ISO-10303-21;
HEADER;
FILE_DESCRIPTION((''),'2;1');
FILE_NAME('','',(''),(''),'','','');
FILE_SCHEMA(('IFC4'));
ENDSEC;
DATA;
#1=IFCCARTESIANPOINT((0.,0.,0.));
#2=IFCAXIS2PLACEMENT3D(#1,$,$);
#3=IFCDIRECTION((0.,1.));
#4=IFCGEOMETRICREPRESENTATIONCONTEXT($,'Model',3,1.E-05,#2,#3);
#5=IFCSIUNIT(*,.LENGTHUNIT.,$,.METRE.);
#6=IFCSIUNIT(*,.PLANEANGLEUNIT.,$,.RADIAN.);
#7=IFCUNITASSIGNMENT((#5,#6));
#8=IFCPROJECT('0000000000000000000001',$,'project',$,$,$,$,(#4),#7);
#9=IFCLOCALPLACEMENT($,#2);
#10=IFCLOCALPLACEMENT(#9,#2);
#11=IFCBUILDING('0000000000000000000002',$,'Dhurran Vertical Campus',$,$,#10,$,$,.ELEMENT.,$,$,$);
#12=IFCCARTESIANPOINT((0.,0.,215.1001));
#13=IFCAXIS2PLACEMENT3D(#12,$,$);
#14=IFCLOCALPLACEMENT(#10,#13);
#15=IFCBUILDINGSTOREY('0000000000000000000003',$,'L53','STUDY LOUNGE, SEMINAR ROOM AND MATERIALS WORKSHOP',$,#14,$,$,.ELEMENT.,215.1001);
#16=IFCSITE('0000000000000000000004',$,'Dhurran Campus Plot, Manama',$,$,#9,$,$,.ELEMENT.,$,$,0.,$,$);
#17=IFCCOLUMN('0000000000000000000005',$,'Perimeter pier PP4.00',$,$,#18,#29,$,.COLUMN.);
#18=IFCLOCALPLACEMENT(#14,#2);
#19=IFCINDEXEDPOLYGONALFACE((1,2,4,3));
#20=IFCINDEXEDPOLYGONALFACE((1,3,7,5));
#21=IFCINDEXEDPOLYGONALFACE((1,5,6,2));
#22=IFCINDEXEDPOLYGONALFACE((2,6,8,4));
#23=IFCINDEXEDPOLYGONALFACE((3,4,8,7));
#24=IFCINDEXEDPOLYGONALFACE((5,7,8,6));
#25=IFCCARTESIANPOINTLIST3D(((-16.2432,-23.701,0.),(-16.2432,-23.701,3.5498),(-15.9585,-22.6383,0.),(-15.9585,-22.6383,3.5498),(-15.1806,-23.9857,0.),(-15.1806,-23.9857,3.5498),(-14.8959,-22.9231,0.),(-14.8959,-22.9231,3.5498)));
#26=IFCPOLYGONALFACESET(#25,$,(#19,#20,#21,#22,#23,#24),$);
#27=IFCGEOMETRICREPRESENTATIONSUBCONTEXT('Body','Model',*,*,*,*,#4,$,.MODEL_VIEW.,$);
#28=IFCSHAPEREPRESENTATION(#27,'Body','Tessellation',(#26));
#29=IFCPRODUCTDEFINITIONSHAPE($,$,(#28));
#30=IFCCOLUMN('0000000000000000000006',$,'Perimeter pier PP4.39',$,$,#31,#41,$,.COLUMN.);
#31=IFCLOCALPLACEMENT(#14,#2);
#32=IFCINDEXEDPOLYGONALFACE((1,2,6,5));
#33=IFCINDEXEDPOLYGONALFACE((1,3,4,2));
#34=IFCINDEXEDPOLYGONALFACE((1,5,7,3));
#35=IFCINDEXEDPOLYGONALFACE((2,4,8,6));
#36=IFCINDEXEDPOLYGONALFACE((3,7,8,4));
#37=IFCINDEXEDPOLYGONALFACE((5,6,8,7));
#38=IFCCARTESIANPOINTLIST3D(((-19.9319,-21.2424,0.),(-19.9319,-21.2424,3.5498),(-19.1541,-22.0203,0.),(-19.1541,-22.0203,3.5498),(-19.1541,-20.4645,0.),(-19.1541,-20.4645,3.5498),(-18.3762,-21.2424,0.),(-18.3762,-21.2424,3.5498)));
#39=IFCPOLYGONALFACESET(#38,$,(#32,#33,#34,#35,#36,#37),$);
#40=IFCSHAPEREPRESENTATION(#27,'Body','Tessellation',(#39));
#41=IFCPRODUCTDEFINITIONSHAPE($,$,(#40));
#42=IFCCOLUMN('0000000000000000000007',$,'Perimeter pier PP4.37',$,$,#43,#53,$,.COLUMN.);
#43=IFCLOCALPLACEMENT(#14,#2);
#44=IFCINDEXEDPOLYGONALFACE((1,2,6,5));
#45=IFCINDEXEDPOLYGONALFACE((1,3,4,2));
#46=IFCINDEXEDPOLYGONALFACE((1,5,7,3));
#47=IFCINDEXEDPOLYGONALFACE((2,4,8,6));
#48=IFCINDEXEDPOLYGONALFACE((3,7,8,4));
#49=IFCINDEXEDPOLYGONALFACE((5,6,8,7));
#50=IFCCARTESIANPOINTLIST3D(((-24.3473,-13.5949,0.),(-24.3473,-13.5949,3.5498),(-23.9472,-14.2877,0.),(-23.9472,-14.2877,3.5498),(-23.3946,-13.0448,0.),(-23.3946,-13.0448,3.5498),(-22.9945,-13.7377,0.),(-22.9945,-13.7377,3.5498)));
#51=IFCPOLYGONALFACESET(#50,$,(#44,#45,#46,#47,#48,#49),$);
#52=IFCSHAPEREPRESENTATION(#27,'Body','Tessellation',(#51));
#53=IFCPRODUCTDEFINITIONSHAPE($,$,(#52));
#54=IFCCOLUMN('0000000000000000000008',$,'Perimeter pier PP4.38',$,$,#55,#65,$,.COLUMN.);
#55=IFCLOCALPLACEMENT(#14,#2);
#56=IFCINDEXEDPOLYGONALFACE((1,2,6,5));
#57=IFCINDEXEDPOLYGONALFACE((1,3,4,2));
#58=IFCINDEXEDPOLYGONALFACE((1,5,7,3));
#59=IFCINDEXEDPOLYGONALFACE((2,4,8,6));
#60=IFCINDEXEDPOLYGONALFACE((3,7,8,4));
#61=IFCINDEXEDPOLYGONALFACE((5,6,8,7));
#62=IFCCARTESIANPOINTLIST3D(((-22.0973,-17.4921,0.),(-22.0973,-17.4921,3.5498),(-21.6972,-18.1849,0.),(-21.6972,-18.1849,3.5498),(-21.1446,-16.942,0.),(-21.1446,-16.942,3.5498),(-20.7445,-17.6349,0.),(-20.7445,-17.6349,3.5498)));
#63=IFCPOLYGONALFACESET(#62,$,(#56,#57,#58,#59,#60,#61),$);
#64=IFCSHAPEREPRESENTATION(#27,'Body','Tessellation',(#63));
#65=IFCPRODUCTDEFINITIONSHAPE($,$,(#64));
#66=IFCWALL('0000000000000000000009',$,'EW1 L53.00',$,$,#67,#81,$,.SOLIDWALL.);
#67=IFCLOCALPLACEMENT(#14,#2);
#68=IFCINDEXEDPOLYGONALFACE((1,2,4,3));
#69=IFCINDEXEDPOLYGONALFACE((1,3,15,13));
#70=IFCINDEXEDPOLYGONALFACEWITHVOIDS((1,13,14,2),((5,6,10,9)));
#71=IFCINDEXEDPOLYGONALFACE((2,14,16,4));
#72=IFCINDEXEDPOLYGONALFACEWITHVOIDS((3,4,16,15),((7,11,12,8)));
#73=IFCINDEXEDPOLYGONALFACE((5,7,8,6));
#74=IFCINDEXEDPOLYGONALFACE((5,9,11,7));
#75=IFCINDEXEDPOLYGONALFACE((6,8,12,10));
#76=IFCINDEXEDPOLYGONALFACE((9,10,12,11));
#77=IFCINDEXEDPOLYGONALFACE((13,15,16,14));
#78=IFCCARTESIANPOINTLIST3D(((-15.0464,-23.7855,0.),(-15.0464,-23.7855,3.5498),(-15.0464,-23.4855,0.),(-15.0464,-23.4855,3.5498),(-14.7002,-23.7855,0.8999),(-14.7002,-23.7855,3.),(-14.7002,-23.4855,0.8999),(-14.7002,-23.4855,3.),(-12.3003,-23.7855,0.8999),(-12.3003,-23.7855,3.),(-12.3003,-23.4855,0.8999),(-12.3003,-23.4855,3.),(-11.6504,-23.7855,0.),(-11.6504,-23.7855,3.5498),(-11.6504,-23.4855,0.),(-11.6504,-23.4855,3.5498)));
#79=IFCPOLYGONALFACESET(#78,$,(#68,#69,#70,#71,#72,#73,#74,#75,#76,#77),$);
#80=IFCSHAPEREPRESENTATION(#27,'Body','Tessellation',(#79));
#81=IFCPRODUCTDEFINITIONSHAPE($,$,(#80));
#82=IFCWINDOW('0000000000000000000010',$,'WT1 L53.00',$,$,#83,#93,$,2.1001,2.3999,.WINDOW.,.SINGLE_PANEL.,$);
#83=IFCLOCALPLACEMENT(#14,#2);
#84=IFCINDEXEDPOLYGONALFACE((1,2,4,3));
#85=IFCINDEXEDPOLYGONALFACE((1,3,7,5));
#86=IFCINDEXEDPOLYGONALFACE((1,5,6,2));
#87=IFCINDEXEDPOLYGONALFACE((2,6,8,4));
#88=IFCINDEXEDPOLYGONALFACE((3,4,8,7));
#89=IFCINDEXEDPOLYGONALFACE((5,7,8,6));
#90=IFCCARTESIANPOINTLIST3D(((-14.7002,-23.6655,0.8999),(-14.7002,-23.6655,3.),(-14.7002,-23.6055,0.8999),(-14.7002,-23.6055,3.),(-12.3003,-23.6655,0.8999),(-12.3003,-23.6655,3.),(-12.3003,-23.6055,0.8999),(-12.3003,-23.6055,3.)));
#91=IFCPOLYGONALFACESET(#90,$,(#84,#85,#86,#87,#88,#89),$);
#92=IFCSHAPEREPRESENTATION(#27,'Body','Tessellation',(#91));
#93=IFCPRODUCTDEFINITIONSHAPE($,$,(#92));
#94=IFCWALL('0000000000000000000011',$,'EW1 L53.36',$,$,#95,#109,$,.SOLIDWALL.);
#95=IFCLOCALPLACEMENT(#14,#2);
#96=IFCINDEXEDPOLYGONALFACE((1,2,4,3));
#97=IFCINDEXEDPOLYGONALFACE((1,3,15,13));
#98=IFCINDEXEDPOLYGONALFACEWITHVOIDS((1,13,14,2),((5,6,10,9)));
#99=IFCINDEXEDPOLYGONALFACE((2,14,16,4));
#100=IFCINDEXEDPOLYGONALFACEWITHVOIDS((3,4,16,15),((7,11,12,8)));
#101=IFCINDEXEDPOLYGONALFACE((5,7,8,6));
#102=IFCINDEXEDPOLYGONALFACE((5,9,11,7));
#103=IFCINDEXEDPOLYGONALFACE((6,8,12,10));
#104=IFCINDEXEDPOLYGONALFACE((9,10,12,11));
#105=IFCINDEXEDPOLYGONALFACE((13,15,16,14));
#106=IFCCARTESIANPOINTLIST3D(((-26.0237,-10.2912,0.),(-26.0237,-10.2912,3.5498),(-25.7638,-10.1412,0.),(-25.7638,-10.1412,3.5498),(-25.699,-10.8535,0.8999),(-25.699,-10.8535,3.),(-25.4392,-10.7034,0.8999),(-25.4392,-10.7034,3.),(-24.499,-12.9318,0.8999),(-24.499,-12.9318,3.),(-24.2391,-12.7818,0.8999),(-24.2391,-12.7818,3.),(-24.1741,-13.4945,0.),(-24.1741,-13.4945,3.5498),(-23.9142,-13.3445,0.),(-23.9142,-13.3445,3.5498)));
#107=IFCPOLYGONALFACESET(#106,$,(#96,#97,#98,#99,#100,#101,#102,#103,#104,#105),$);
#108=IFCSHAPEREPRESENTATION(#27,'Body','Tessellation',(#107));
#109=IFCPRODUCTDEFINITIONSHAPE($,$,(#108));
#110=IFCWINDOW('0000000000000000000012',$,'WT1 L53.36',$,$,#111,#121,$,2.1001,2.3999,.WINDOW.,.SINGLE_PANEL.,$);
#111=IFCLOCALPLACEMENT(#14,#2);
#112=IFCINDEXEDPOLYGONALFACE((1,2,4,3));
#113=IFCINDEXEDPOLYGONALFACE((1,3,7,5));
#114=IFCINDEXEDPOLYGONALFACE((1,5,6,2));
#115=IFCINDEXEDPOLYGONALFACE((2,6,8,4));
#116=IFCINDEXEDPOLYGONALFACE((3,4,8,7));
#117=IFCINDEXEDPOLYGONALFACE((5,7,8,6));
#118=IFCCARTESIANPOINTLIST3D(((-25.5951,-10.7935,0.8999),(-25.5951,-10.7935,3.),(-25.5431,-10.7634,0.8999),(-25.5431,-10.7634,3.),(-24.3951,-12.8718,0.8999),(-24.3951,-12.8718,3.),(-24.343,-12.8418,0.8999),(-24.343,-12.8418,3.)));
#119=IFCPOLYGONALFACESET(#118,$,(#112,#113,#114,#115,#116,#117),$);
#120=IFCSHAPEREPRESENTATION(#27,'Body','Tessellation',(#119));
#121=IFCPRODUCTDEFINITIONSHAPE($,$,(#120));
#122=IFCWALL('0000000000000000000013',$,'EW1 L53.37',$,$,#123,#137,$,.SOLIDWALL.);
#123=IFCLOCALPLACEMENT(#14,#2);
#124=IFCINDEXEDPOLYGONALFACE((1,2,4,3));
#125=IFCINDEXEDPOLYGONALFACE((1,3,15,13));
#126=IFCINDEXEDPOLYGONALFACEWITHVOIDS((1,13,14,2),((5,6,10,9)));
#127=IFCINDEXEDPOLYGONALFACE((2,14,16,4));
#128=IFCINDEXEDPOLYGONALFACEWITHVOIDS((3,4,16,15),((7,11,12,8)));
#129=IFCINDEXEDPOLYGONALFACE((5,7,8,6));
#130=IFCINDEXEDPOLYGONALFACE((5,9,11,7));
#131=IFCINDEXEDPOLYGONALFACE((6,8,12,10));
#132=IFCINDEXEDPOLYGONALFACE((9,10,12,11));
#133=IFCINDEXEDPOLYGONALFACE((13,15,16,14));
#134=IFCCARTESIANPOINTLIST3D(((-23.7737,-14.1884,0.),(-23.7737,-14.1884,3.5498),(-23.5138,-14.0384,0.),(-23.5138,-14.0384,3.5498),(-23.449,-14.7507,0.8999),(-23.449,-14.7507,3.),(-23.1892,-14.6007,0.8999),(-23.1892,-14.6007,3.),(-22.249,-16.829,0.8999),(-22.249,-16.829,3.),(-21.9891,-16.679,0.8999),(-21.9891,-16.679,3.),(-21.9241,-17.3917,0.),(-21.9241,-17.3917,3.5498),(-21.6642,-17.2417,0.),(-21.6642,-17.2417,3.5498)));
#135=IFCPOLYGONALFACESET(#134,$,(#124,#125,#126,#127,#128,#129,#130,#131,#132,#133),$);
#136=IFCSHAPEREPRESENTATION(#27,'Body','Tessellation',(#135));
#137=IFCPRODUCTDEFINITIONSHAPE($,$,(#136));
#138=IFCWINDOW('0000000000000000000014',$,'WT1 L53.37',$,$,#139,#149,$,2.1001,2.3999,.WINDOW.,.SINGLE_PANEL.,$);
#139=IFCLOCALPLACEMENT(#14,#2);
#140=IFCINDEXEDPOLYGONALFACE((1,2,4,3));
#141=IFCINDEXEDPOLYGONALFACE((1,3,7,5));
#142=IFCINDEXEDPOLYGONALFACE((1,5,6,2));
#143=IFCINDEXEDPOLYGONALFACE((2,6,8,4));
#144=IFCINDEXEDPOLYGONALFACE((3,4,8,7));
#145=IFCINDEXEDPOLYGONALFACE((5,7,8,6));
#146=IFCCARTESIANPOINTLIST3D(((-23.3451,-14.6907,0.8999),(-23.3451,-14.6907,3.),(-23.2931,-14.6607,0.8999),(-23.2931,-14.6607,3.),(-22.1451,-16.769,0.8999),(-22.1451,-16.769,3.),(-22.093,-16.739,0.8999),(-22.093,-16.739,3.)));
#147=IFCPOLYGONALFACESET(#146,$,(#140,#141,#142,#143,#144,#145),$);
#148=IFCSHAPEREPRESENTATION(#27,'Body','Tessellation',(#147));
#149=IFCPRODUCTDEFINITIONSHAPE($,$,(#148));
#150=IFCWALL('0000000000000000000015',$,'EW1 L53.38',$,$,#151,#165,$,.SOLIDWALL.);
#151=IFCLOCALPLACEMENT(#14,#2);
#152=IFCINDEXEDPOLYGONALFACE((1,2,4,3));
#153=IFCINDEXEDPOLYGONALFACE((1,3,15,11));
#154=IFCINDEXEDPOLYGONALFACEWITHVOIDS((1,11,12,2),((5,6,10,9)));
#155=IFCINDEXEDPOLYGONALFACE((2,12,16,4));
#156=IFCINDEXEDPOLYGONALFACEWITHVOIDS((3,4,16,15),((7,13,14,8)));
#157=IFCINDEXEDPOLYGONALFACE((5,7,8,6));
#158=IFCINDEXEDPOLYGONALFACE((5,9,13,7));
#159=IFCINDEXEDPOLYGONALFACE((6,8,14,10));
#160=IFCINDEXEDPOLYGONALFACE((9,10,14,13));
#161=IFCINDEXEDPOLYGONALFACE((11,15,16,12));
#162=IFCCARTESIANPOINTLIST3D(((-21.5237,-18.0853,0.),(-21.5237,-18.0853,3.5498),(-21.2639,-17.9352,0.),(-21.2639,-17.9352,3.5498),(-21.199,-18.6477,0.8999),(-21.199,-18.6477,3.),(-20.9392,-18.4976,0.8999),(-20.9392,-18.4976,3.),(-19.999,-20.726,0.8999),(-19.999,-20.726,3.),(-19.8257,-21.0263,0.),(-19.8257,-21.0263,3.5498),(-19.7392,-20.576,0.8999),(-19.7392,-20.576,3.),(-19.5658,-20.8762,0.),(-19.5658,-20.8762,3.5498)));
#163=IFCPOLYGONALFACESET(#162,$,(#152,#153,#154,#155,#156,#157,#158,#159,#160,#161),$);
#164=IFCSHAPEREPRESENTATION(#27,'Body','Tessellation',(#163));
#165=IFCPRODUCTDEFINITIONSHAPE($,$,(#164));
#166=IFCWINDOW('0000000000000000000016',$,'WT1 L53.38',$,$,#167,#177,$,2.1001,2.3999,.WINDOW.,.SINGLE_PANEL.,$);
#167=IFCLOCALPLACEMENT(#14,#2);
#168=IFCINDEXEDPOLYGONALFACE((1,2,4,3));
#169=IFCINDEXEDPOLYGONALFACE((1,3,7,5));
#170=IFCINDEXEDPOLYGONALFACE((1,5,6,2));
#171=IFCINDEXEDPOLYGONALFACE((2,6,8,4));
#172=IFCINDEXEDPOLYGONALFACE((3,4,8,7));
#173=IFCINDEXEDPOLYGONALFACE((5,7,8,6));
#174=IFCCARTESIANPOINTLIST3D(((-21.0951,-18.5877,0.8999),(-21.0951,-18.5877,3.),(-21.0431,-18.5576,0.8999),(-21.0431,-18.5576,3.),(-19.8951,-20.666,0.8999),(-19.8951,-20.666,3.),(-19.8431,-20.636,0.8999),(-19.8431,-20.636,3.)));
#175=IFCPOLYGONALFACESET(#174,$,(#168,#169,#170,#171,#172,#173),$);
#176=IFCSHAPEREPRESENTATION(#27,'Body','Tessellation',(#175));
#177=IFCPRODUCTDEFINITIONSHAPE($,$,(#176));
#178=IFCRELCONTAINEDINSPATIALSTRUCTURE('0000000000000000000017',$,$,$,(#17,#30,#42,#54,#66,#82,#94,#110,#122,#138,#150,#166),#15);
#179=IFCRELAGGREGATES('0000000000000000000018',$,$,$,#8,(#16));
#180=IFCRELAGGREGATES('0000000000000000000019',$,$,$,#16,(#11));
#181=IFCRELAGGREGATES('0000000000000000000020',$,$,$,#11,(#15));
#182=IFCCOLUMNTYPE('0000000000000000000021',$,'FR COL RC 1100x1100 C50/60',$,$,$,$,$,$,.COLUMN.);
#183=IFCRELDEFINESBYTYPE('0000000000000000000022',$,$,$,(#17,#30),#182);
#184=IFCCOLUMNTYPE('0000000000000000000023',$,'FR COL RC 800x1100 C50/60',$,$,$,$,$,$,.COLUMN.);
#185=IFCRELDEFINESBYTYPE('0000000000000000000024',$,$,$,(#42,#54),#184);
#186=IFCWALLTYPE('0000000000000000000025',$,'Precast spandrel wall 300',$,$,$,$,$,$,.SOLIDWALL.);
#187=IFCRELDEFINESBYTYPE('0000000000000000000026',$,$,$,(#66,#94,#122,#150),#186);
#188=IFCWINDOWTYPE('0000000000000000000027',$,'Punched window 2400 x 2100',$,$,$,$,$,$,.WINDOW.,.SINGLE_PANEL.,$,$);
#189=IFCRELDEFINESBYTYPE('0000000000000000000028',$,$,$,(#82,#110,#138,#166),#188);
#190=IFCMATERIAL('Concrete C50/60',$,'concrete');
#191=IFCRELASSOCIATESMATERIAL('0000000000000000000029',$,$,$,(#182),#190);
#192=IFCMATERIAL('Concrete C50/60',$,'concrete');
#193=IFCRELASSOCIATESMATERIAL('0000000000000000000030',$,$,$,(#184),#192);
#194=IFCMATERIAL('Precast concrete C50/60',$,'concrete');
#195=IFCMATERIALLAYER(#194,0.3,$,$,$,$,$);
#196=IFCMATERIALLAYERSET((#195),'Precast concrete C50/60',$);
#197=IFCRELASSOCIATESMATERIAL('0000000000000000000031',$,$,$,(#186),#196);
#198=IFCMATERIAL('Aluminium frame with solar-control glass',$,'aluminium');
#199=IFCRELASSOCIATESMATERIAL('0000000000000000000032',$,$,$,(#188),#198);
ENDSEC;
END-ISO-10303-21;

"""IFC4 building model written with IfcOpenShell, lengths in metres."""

from ifc_helpers import new_model, si_unit, direction, frame, frame_2d, origin, origin_2d, place, context, subcontext, project, spatial, rectangle, extrude, material, layer, layer_set, material_profile, profile_set, type_object, element, fill, save


model = new_model("IFC4")

# Units and contexts
model_context = context("Model", 3, precision=1e-05, world=origin(), true_north=direction((0.0, 1.0)))
body_context = subcontext(model_context, "Body", "Model", "MODEL_VIEW")
ifc_project = project(units=[si_unit("LENGTHUNIT", "METRE"), si_unit("PLANEANGLEUNIT", "RADIAN")], contexts=[model_context])

# Site, building, storey
site_placement = place(None, origin())
site = spatial("IfcSite", under=ifc_project, at=site_placement, Name="Dhurran Campus Plot, Manama", CompositionType="ELEMENT", RefElevation=0.0)
building_placement = place(site_placement, origin())
building = spatial("IfcBuilding", under=site, at=building_placement, Name="Dhurran Vertical Campus", CompositionType="ELEMENT")
storey_placement = place(building_placement, frame((0.0, 0.0, 215.1001)))
storey = spatial("IfcBuildingStorey", under=building, at=storey_placement, Name="L53", Description="STUDY LOUNGE, SEMINAR ROOM AND MATERIALS WORKSHOP", CompositionType="ELEMENT", Elevation=215.1001)

# Columns
ifc_material_1 = material(Name="Concrete C50/60", Category="concrete")
ifc_material_profile_1 = material_profile(ifc_material_1, rectangle(XDim=1.1001, YDim=1.1001, at=origin_2d()), Name="RC 1100x1100")
ifc_profile_set_1 = profile_set([ifc_material_profile_1], Name="Concrete C50/60")
column_type_1 = type_object("IfcColumnType", Name="FR COL RC 1100x1100 C50/60", PredefinedType="COLUMN", material=ifc_profile_set_1)
for number, where, z_axis, x_axis, name in (
    (1, (-15.5696, -23.312, 0.0), (0.0, 0.0, 1.0), (0.965926, -0.258819, 0.0), "Perimeter pier PP4.00"),
    (2, (-19.1541, -21.2424, 0.0), (0.0, 0.0, 1.0), (0.707107, -0.707107, 0.0), "Perimeter pier PP4.39"),
):
    element("IfcColumn", number, at=place(storey_placement, frame(where, z_axis=z_axis, x_axis=x_axis)), inside=storey, type_object=column_type_1, Name=name, PredefinedType="COLUMN", context=body_context, shape_type="SweptSolid", body=[
        extrude(rectangle(XDim=1.1001, YDim=1.1001, at=origin_2d()), origin(), (0.0, 0.0, 1.0), 3.5498),
    ])
ifc_material_2 = material(Name="Concrete C50/60", Category="concrete")
ifc_material_profile_2 = material_profile(ifc_material_2, rectangle(XDim=0.8, YDim=1.1001, at=origin_2d()), Name="RC 800x1100")
ifc_profile_set_2 = profile_set([ifc_material_profile_2], Name="Concrete C50/60")
column_type_2 = type_object("IfcColumnType", Name="FR COL RC 800x1100 C50/60", PredefinedType="COLUMN", material=ifc_profile_set_2)
for number, where, z_axis, x_axis, name in (
    (3, (-23.6709, -13.6663, 0.0), (0.0, 0.0, 1.0), (0.5, -0.866025, 0.0), "Perimeter pier PP4.37"),
    (4, (-21.4209, -17.5635, 0.0), (0.0, 0.0, 1.0), (0.5, -0.866025, 0.0), "Perimeter pier PP4.38"),
):
    element("IfcColumn", number, at=place(storey_placement, frame(where, z_axis=z_axis, x_axis=x_axis)), inside=storey, type_object=column_type_2, Name=name, PredefinedType="COLUMN", context=body_context, shape_type="SweptSolid", body=[
        extrude(rectangle(XDim=0.8, YDim=1.1001, at=origin_2d()), origin(), (0.0, 0.0, 1.0), 3.5498),
    ])

# Walls, openings, windows
ifc_material_3 = material(Name="Precast concrete C50/60", Category="concrete")
ifc_layer_1 = layer(ifc_material_3, 0.3)
ifc_layer_set_1 = layer_set([ifc_layer_1], Name="Precast concrete C50/60")
wall_type_1 = type_object("IfcWallType", Name="Precast spandrel wall 300", PredefinedType="SOLIDWALL", material=ifc_layer_set_1)
wall_1_placement = place(storey_placement, frame((-15.0464, -23.6355, 0.0), z_axis=(0.0, 0.0, 1.0), x_axis=(1.0, 0.0, 0.0)))
wall_1 = element("IfcWall", 5, at=wall_1_placement, inside=storey, type_object=wall_type_1, Name="EW1 L53.00", PredefinedType="SOLIDWALL", context=body_context, shape_type="SweptSolid", body=[
    extrude(rectangle(XDim=3.396, YDim=0.3, at=frame_2d((1.698, 0.0))), origin(), (0.0, 0.0, 1.0), 3.5498),
])
opening_1_placement = place(wall_1_placement, frame((0.3462, 0.0, 0.8999)))
opening_1 = element("IfcOpeningElement", 6, at=opening_1_placement, cuts=wall_1, PredefinedType="OPENING", context=body_context, shape_type="SweptSolid", body=[
    extrude(rectangle(XDim=2.3999, YDim=2.1001, at=frame_2d((1.2, 1.05))), frame((0.0, 0.1599, 0.0), z_axis=(0.0, -1.0, 0.0), x_axis=(1.0, 0.0, 0.0)), (0.0, 0.0, 1.0), 0.3201),
])
ifc_material_4 = material(Name="Aluminium frame with solar-control glass", Category="aluminium")
window_type = type_object("IfcWindowType", Name="Punched window 2400 x 2100", PartitioningType="SINGLE_PANEL", PredefinedType="WINDOW", material=ifc_material_4)
window_1_placement = place(opening_1_placement, origin())
window_1 = element("IfcWindow", 7, at=window_1_placement, inside=storey, type_object=window_type, Name="WT1 L53.00", OverallHeight=2.1001, OverallWidth=2.3999, PartitioningType="SINGLE_PANEL", PredefinedType="WINDOW", context=body_context, shape_type="SweptSolid", body=[
    extrude(rectangle(XDim=2.3999, YDim=2.1001, at=frame_2d((1.2, 1.05))), frame((0.0, 0.03, 0.0), z_axis=(0.0, -1.0, 0.0), x_axis=(1.0, 0.0, 0.0)), (0.0, 0.0, 1.0), 0.0601),
])
fill(opening_1, window_1)
wall_2_placement = place(storey_placement, frame((-25.8938, -10.2161, 0.0), z_axis=(0.0, 0.0, 1.0), x_axis=(0.500029, -0.866009, 0.0)))
wall_2 = element("IfcWall", 8, at=wall_2_placement, inside=storey, type_object=wall_type_1, Name="EW1 L53.36", PredefinedType="SOLIDWALL", context=body_context, shape_type="SweptSolid", body=[
    extrude(rectangle(XDim=3.699, YDim=0.3, at=frame_2d((1.8496, 0.0))), origin(), (0.0, 0.0, 1.0), 3.5498),
])
opening_2_placement = place(wall_2_placement, frame((0.6494, 0.0, 0.8999)))
opening_2 = element("IfcOpeningElement", 9, at=opening_2_placement, cuts=wall_2, PredefinedType="OPENING", context=body_context, shape_type="SweptSolid", body=[
    extrude(rectangle(XDim=2.3999, YDim=2.1001, at=frame_2d((1.2, 1.05))), frame((0.0, 0.1599, 0.0), z_axis=(0.0, -1.0, 0.0), x_axis=(1.0, 0.0, 0.0)), (0.0, 0.0, 1.0), 0.3201),
])
window_2_placement = place(opening_2_placement, origin())
window_2 = element("IfcWindow", 10, at=window_2_placement, inside=storey, type_object=window_type, Name="WT1 L53.36", OverallHeight=2.1001, OverallWidth=2.3999, PartitioningType="SINGLE_PANEL", PredefinedType="WINDOW", context=body_context, shape_type="SweptSolid", body=[
    extrude(rectangle(XDim=2.3999, YDim=2.1001, at=frame_2d((1.2, 1.05))), frame((0.0, 0.03, 0.0), z_axis=(0.0, -1.0, 0.0), x_axis=(1.0, 0.0, 0.0)), (0.0, 0.0, 1.0), 0.0601),
])
fill(opening_2, window_2)
wall_3_placement = place(storey_placement, frame((-23.6438, -14.1133, 0.0), z_axis=(0.0, 0.0, 1.0), x_axis=(0.500029, -0.866009, 0.0)))
wall_3 = element("IfcWall", 11, at=wall_3_placement, inside=storey, type_object=wall_type_1, Name="EW1 L53.37", PredefinedType="SOLIDWALL", context=body_context, shape_type="SweptSolid", body=[
    extrude(rectangle(XDim=3.699, YDim=0.3, at=frame_2d((1.8496, 0.0))), origin(), (0.0, 0.0, 1.0), 3.5498),
])
opening_3_placement = place(wall_3_placement, frame((0.6494, 0.0, 0.8999)))
opening_3 = element("IfcOpeningElement", 12, at=opening_3_placement, cuts=wall_3, PredefinedType="OPENING", context=body_context, shape_type="SweptSolid", body=[
    extrude(rectangle(XDim=2.3999, YDim=2.1001, at=frame_2d((1.2, 1.05))), frame((0.0, 0.1599, 0.0), z_axis=(0.0, -1.0, 0.0), x_axis=(1.0, 0.0, 0.0)), (0.0, 0.0, 1.0), 0.3201),
])
window_3_placement = place(opening_3_placement, origin())
window_3 = element("IfcWindow", 13, at=window_3_placement, inside=storey, type_object=window_type, Name="WT1 L53.37", OverallHeight=2.1001, OverallWidth=2.3999, PartitioningType="SINGLE_PANEL", PredefinedType="WINDOW", context=body_context, shape_type="SweptSolid", body=[
    extrude(rectangle(XDim=2.3999, YDim=2.1001, at=frame_2d((1.2, 1.05))), frame((0.0, 0.03, 0.0), z_axis=(0.0, -1.0, 0.0), x_axis=(1.0, 0.0, 0.0)), (0.0, 0.0, 1.0), 0.0601),
])
fill(opening_3, window_3)
wall_4_placement = place(storey_placement, frame((-21.3938, -18.0103, 0.0), z_axis=(0.0, 0.0, 1.0), x_axis=(0.500013, -0.866018, 0.0)))
wall_4 = element("IfcWall", 14, at=wall_4_placement, inside=storey, type_object=wall_type_1, Name="EW1 L53.38", PredefinedType="SOLIDWALL", context=body_context, shape_type="SweptSolid", body=[
    extrude(rectangle(XDim=3.396, YDim=0.3, at=frame_2d((1.698, 0.0))), origin(), (0.0, 0.0, 1.0), 3.5498),
])
opening_4_placement = place(wall_4_placement, frame((0.6494, 0.0, 0.8999)))
opening_4 = element("IfcOpeningElement", 15, at=opening_4_placement, cuts=wall_4, PredefinedType="OPENING", context=body_context, shape_type="SweptSolid", body=[
    extrude(rectangle(XDim=2.3999, YDim=2.1001, at=frame_2d((1.2, 1.05))), frame((0.0, 0.1599, 0.0), z_axis=(0.0, -1.0, 0.0), x_axis=(1.0, 0.0, 0.0)), (0.0, 0.0, 1.0), 0.3201),
])
window_4_placement = place(opening_4_placement, origin())
window_4 = element("IfcWindow", 16, at=window_4_placement, inside=storey, type_object=window_type, Name="WT1 L53.38", OverallHeight=2.1001, OverallWidth=2.3999, PartitioningType="SINGLE_PANEL", PredefinedType="WINDOW", context=body_context, shape_type="SweptSolid", body=[
    extrude(rectangle(XDim=2.3999, YDim=2.1001, at=frame_2d((1.2, 1.05))), frame((0.0, 0.03, 0.0), z_axis=(0.0, -1.0, 0.0), x_axis=(1.0, 0.0, 0.0)), (0.0, 0.0, 1.0), 0.0601),
])
fill(opening_4, window_4)

save(model, "model.ifc")
